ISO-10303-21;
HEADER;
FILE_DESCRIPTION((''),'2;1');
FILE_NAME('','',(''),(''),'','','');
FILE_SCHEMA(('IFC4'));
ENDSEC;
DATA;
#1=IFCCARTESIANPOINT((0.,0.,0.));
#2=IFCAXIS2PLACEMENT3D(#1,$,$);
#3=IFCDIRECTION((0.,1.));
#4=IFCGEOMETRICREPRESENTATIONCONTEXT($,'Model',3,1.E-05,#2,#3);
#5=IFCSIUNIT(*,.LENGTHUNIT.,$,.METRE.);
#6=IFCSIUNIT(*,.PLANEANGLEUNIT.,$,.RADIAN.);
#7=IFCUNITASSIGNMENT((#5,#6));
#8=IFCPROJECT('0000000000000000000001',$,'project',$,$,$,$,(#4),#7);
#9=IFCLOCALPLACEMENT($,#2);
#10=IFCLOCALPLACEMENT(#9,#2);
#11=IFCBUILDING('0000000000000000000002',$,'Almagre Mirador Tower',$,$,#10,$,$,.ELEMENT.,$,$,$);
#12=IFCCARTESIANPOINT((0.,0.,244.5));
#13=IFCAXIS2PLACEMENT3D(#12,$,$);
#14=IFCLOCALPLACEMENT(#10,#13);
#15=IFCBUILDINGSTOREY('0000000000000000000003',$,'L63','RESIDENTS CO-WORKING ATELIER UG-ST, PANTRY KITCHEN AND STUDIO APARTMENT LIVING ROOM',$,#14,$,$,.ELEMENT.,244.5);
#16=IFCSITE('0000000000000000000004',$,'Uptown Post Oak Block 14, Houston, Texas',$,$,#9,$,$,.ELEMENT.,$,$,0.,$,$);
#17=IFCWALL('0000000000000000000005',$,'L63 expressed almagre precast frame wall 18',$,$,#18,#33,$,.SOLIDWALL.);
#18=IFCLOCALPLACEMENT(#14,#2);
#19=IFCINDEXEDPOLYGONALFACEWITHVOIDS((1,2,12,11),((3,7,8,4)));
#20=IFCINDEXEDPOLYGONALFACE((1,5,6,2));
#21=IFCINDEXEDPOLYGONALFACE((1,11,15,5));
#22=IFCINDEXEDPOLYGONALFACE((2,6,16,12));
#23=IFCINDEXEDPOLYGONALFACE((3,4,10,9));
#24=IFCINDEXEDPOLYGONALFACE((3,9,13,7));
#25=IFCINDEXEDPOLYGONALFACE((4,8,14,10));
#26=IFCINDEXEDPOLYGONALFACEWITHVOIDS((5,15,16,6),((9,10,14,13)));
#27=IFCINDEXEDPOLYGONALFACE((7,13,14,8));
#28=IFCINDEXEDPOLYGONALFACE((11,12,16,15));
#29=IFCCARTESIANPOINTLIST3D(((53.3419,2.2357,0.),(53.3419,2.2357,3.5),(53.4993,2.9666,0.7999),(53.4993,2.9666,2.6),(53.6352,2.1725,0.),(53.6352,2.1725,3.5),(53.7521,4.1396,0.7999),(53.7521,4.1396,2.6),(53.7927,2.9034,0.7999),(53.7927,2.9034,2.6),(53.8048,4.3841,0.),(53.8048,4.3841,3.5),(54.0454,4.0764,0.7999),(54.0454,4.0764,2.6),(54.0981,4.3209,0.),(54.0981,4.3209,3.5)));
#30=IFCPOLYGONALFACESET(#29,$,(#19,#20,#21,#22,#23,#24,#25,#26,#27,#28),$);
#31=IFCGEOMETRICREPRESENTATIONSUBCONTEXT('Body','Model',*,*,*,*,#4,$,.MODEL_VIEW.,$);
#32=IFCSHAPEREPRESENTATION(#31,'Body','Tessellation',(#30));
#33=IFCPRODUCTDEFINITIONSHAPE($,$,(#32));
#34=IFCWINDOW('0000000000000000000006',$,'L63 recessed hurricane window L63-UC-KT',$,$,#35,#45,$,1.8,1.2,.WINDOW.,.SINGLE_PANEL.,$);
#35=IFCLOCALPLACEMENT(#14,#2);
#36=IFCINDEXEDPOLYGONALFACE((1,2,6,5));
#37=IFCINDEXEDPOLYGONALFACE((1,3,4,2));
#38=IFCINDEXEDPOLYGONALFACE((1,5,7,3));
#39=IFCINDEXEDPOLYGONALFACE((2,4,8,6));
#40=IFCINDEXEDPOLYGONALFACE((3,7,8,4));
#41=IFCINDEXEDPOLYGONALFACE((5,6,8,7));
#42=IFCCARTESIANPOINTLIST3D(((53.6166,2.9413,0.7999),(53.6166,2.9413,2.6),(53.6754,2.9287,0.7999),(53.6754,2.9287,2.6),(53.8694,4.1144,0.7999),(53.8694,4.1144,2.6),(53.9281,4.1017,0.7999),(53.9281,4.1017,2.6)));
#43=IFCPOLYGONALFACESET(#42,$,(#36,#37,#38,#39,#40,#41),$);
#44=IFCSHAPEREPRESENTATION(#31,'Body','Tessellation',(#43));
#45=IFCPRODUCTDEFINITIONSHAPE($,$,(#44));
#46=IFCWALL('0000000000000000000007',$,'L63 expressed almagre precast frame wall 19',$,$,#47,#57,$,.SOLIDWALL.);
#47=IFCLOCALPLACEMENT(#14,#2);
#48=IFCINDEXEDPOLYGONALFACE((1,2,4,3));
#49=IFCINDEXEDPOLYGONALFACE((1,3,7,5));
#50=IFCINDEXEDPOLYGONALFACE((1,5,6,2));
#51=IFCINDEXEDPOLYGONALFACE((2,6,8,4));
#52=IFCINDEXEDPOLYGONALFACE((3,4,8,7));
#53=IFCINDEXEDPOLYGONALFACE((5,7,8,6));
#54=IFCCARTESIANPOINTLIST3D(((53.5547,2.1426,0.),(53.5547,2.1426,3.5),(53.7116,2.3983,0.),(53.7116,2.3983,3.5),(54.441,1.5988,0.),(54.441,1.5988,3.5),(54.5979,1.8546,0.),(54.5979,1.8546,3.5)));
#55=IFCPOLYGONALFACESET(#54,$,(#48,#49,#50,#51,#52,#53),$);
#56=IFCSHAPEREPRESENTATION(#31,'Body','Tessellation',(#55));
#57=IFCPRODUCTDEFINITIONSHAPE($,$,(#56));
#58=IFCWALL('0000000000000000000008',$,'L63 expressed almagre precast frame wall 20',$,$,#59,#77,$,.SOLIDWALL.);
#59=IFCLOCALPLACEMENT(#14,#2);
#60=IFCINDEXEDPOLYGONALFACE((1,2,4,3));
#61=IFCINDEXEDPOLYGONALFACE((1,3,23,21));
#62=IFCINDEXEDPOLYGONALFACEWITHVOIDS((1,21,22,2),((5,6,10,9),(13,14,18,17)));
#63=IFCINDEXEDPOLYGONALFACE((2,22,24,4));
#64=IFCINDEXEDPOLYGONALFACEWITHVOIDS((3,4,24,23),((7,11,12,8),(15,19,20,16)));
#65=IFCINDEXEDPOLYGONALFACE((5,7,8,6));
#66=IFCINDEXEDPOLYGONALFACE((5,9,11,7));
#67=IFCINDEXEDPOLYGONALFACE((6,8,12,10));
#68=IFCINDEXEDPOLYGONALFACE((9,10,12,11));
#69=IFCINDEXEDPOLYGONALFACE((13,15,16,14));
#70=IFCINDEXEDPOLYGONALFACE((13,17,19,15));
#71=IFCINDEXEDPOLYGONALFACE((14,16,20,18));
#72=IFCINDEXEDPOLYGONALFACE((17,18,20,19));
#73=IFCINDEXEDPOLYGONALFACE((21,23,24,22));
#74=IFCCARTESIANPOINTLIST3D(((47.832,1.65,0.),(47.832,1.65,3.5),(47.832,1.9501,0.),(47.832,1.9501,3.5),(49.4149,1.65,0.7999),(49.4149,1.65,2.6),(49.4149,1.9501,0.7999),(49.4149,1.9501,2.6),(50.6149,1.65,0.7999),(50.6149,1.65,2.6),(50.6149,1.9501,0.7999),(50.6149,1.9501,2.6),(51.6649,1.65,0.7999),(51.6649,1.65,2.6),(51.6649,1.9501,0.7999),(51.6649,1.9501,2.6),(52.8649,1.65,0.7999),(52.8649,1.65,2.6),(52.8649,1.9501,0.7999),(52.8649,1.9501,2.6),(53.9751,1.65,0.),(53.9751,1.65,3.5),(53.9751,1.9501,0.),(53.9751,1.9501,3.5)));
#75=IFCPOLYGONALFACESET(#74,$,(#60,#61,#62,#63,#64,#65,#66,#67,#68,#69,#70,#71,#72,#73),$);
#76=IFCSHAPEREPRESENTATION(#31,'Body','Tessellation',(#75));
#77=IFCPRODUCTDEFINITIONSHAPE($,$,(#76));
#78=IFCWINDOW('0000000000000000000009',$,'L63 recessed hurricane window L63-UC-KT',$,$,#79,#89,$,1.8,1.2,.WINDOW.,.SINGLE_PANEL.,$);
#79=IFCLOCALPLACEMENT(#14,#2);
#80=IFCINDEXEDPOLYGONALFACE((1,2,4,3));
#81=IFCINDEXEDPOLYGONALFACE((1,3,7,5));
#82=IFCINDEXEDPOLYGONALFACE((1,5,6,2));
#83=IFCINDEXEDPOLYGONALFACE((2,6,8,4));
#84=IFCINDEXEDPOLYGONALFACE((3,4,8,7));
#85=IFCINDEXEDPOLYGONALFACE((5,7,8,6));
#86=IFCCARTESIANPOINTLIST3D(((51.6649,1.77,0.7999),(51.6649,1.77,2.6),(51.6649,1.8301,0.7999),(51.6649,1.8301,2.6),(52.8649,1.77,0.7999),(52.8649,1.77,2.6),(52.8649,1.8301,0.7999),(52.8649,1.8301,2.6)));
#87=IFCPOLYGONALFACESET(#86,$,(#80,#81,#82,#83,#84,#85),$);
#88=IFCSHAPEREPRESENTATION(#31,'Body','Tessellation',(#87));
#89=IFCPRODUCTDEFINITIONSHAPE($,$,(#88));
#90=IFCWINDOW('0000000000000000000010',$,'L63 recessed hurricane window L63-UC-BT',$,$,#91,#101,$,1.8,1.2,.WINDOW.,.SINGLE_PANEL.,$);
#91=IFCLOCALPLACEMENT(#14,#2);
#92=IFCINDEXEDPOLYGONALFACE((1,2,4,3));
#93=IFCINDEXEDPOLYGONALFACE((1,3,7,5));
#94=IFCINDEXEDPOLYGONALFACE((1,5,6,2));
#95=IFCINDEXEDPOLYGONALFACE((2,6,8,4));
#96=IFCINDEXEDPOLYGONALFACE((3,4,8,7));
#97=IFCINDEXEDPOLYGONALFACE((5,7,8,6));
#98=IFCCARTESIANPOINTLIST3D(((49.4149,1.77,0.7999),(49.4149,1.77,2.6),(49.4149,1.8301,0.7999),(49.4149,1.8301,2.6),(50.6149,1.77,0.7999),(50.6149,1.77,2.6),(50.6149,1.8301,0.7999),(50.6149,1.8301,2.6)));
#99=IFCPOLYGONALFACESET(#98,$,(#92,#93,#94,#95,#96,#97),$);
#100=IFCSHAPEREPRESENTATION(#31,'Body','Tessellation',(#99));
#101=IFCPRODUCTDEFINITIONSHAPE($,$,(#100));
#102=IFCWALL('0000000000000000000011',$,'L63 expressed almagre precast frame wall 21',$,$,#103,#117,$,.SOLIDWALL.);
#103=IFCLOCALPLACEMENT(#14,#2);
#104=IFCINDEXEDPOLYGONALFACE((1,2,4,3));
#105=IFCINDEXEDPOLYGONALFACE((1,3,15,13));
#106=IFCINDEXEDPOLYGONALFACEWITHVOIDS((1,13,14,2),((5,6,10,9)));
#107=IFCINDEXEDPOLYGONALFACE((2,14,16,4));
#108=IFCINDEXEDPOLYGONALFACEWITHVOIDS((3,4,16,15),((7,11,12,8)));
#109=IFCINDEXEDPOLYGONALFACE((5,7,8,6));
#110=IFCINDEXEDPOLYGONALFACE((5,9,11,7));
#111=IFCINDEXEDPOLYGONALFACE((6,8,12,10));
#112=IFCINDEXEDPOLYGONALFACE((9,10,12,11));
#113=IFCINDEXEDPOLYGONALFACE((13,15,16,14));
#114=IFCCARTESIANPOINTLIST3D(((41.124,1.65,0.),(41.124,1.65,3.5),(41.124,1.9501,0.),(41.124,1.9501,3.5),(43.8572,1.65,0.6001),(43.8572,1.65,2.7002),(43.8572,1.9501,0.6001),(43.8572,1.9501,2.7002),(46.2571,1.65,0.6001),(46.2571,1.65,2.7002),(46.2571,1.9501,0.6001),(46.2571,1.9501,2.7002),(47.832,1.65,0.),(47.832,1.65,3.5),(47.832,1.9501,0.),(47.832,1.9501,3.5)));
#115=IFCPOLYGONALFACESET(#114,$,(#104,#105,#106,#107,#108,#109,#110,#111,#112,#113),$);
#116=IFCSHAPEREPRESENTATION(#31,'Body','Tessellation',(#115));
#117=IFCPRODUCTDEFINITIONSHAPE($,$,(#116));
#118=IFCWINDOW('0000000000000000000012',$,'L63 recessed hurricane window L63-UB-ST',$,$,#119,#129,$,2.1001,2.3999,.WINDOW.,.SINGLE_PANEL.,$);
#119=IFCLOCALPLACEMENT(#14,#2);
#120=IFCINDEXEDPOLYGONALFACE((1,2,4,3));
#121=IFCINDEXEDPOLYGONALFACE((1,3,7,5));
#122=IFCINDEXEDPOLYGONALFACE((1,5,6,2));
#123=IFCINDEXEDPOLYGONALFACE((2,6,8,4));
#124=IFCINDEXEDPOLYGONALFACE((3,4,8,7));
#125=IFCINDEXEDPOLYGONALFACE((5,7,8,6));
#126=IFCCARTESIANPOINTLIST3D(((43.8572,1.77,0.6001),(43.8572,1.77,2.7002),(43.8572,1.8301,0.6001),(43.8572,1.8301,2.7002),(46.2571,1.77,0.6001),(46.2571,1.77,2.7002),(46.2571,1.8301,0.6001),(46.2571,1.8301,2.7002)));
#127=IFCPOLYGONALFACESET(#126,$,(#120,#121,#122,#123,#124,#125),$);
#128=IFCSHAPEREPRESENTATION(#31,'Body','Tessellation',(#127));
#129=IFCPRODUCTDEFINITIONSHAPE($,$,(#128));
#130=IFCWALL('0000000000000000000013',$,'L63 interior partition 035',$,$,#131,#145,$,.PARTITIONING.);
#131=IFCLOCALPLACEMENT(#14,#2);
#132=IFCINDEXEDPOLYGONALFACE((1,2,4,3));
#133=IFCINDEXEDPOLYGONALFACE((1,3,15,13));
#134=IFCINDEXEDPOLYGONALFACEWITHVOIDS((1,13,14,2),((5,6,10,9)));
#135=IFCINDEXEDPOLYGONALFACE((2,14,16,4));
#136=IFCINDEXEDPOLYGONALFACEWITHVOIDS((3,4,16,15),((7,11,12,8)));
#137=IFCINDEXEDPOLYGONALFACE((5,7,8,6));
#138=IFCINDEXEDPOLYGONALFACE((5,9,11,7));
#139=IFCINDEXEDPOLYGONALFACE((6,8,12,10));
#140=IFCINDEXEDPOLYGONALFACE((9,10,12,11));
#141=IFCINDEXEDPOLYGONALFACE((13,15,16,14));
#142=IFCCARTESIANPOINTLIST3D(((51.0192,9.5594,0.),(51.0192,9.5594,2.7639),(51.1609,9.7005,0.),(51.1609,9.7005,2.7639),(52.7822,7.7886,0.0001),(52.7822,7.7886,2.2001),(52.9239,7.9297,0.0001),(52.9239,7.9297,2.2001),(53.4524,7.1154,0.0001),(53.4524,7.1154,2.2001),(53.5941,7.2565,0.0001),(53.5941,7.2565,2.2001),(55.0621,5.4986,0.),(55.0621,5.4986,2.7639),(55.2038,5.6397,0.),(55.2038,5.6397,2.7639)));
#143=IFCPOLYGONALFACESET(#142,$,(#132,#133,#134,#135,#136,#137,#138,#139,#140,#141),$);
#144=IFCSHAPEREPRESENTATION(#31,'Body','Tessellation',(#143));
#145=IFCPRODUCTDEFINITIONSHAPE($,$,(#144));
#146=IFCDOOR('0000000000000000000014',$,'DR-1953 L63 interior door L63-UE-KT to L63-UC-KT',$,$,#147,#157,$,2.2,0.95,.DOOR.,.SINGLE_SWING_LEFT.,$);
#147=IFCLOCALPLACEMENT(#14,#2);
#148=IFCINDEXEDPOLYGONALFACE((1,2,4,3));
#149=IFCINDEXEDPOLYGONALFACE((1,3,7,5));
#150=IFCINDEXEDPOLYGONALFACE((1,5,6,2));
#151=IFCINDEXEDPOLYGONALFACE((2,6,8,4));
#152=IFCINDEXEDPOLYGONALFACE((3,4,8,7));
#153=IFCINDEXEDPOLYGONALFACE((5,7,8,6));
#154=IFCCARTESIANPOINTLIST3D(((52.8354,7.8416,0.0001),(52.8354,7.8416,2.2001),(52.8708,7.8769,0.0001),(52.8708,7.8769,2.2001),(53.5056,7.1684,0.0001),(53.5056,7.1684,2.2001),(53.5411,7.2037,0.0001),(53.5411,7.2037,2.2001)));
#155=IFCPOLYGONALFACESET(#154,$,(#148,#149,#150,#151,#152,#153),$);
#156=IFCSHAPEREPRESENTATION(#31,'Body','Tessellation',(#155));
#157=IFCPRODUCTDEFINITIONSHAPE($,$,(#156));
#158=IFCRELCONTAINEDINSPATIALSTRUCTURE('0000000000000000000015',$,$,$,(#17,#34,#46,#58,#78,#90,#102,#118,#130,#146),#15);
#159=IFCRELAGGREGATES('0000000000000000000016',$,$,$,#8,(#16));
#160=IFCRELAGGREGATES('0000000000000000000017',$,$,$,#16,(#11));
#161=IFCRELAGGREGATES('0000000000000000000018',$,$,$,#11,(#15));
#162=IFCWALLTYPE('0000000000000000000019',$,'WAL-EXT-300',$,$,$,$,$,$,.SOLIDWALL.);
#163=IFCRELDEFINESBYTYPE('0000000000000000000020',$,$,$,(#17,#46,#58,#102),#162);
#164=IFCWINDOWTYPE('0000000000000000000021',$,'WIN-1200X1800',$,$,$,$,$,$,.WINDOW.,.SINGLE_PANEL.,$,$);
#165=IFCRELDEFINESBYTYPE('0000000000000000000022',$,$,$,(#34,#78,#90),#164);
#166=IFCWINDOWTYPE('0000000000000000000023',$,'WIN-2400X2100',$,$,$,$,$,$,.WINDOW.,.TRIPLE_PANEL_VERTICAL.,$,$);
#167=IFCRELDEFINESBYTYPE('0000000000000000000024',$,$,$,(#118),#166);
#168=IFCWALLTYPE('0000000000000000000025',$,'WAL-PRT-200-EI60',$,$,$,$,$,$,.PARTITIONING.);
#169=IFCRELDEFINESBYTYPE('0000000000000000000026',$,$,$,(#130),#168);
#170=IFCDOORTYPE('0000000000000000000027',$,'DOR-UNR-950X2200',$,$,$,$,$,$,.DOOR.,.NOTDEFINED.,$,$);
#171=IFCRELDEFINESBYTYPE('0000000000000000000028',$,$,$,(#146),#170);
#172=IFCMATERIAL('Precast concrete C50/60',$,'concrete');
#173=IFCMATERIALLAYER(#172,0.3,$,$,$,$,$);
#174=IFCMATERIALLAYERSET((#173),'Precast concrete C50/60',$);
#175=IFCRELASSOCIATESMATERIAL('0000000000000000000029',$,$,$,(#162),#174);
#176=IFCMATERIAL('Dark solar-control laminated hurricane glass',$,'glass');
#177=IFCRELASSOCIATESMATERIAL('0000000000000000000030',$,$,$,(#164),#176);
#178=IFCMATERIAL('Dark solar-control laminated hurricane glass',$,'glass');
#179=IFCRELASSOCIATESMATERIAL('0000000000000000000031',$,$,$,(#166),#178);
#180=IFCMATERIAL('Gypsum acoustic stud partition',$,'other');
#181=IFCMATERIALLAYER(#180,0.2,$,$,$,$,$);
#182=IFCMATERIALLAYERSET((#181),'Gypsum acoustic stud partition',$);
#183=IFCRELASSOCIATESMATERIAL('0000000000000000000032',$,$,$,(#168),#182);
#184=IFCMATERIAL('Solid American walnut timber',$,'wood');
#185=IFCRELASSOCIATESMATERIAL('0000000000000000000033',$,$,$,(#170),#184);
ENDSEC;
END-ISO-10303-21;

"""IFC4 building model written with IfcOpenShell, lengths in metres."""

from ifc_helpers import new_model, si_unit, direction, frame, frame_2d, origin, place, context, subcontext, project, spatial, rectangle, extrude, material, layer, layer_set, type_object, element, fill, save


model = new_model("IFC4")

# Units and contexts
model_context = context("Model", 3, precision=1e-05, world=origin(), true_north=direction((0.0, 1.0)))
body_context = subcontext(model_context, "Body", "Model", "MODEL_VIEW")
ifc_project = project(units=[si_unit("LENGTHUNIT", "METRE"), si_unit("PLANEANGLEUNIT", "RADIAN")], contexts=[model_context])

# Site, building, storey
site_placement = place(None, origin())
site = spatial("IfcSite", under=ifc_project, at=site_placement, Name="Uptown Post Oak Block 14, Houston, Texas", CompositionType="ELEMENT", RefElevation=0.0)
building_placement = place(site_placement, origin())
building = spatial("IfcBuilding", under=site, at=building_placement, Name="Almagre Mirador Tower", CompositionType="ELEMENT")
storey_placement = place(building_placement, frame((0.0, 0.0, 244.5)))
storey = spatial("IfcBuildingStorey", under=building, at=storey_placement, Name="L63", Description="RESIDENTS CO-WORKING ATELIER UG-ST, PANTRY KITCHEN AND STUDIO APARTMENT LIVING ROOM", CompositionType="ELEMENT", Elevation=244.5)

# Shared definitions
ifc_material_1 = material(Name="Precast concrete C50/60", Category="concrete")
ifc_layer_1 = layer(ifc_material_1, 0.3)
ifc_layer_set_1 = layer_set([ifc_layer_1], Name="Precast concrete C50/60")
wall_type_1 = type_object("IfcWallType", Name="WAL-EXT-300", PredefinedType="SOLIDWALL", material=ifc_layer_set_1)

# Wall, opening, window
wall_1_placement = place(storey_placement, frame((53.9514, 4.3525, 0.0), z_axis=(0.0, 0.0, 1.0), x_axis=(-0.210621, -0.977568, 0.0)))
wall_1 = element("IfcWall", 1, at=wall_1_placement, inside=storey, type_object=wall_type_1, Name="L63 expressed almagre precast frame wall 18", PredefinedType="SOLIDWALL", context=body_context, shape_type="SweptSolid", body=[
    extrude(rectangle(XDim=2.1978, YDim=0.3, at=frame_2d((1.0989, 0.0))), origin(), (0.0, 0.0, 1.0), 3.5),
])
opening_1_placement = place(wall_1_placement, frame((0.25, 0.0, 0.8)))
opening_1 = element("IfcOpeningElement", 2, at=opening_1_placement, cuts=wall_1, PredefinedType="OPENING", context=body_context, shape_type="SweptSolid", body=[
    extrude(rectangle(XDim=1.2, YDim=1.8, at=frame_2d((0.6001, 0.8999))), frame((0.0, 0.1599, 0.0), z_axis=(0.0, -1.0, 0.0), x_axis=(1.0, 0.0, 0.0)), (0.0, 0.0, 1.0), 0.32),
])
ifc_material_2 = material(Name="Dark solar-control laminated hurricane glass", Category="glass")
window_type_1 = type_object("IfcWindowType", Name="WIN-1200X1800", PartitioningType="SINGLE_PANEL", PredefinedType="WINDOW", material=ifc_material_2)
window_1_placement = place(opening_1_placement, origin())
window_1 = element("IfcWindow", 3, at=window_1_placement, inside=storey, type_object=window_type_1, Name="L63 recessed hurricane window L63-UC-KT", OverallHeight=1.8, OverallWidth=1.2, PartitioningType="SINGLE_PANEL", PredefinedType="WINDOW", context=body_context, shape_type="SweptSolid", body=[
    extrude(rectangle(XDim=1.2, YDim=1.8, at=frame_2d((0.6001, 0.8999))), frame((0.0, 0.03, 0.0), z_axis=(0.0, -1.0, 0.0), x_axis=(1.0, 0.0, 0.0)), (0.0, 0.0, 1.0), 0.0601),
])
fill(opening_1, window_1)

# Wall
wall_2_placement = place(storey_placement, frame((53.6331, 2.2705, 0.0), z_axis=(0.0, 0.0, 1.0), x_axis=(0.852375, -0.522931, 0.0)))
element("IfcWall", 4, at=wall_2_placement, inside=storey, type_object=wall_type_1, Name="L63 expressed almagre precast frame wall 19", PredefinedType="SOLIDWALL", context=body_context, shape_type="SweptSolid", body=[
    extrude(rectangle(XDim=1.0398, YDim=0.3, at=frame_2d((0.52, 0.0))), origin(), (0.0, 0.0, 1.0), 3.5),
])

# Wall, openings, windows
wall_3_placement = place(storey_placement, frame((53.9751, 1.8, 0.0), z_axis=(0.0, 0.0, 1.0), x_axis=(-1.0, 0.0, 0.0)))
wall_3 = element("IfcWall", 5, at=wall_3_placement, inside=storey, type_object=wall_type_1, Name="L63 expressed almagre precast frame wall 20", PredefinedType="SOLIDWALL", context=body_context, shape_type="SweptSolid", body=[
    extrude(rectangle(XDim=6.1431, YDim=0.3, at=frame_2d((3.0715, 0.0))), origin(), (0.0, 0.0, 1.0), 3.5),
])
opening_2_placement = place(wall_3_placement, frame((1.1101, 0.0, 0.8)))
opening_2 = element("IfcOpeningElement", 6, at=opening_2_placement, cuts=wall_3, PredefinedType="OPENING", context=body_context, shape_type="SweptSolid", body=[
    extrude(rectangle(XDim=1.2, YDim=1.8, at=frame_2d((0.6001, 0.8999))), frame((0.0, 0.1599, 0.0), z_axis=(0.0, -1.0, 0.0), x_axis=(1.0, 0.0, 0.0)), (0.0, 0.0, 1.0), 0.32),
])
opening_3_placement = place(wall_3_placement, frame((3.3601, 0.0, 0.8)))
opening_3 = element("IfcOpeningElement", 7, at=opening_3_placement, cuts=wall_3, PredefinedType="OPENING", context=body_context, shape_type="SweptSolid", body=[
    extrude(rectangle(XDim=1.2, YDim=1.8, at=frame_2d((0.6001, 0.8999))), frame((0.0, 0.1599, 0.0), z_axis=(0.0, -1.0, 0.0), x_axis=(1.0, 0.0, 0.0)), (0.0, 0.0, 1.0), 0.32),
])
window_2_placement = place(opening_2_placement, origin())
window_2 = element("IfcWindow", 8, at=window_2_placement, inside=storey, type_object=window_type_1, Name="L63 recessed hurricane window L63-UC-KT", OverallHeight=1.8, OverallWidth=1.2, PartitioningType="SINGLE_PANEL", PredefinedType="WINDOW", context=body_context, shape_type="SweptSolid", body=[
    extrude(rectangle(XDim=1.2, YDim=1.8, at=frame_2d((0.6001, 0.8999))), frame((0.0, 0.03, 0.0), z_axis=(0.0, -1.0, 0.0), x_axis=(1.0, 0.0, 0.0)), (0.0, 0.0, 1.0), 0.0601),
])
fill(opening_2, window_2)
window_3_placement = place(opening_3_placement, origin())
window_3 = element("IfcWindow", 9, at=window_3_placement, inside=storey, type_object=window_type_1, Name="L63 recessed hurricane window L63-UC-BT", OverallHeight=1.8, OverallWidth=1.2, PartitioningType="SINGLE_PANEL", PredefinedType="WINDOW", context=body_context, shape_type="SweptSolid", body=[
    extrude(rectangle(XDim=1.2, YDim=1.8, at=frame_2d((0.6001, 0.8999))), frame((0.0, 0.03, 0.0), z_axis=(0.0, -1.0, 0.0), x_axis=(1.0, 0.0, 0.0)), (0.0, 0.0, 1.0), 0.0601),
])
fill(opening_3, window_3)

# Wall, opening, window
wall_4_placement = place(storey_placement, frame((47.832, 1.8, 0.0), z_axis=(0.0, 0.0, 1.0), x_axis=(-1.0, 0.0, 0.0)))
wall_4 = element("IfcWall", 10, at=wall_4_placement, inside=storey, type_object=wall_type_1, Name="L63 expressed almagre precast frame wall 21", PredefinedType="SOLIDWALL", context=body_context, shape_type="SweptSolid", body=[
    extrude(rectangle(XDim=6.708, YDim=0.3, at=frame_2d((3.354, 0.0))), origin(), (0.0, 0.0, 1.0), 3.5),
])
opening_4_placement = place(wall_4_placement, frame((1.575, 0.0, 0.6001)))
opening_4 = element("IfcOpeningElement", 11, at=opening_4_placement, cuts=wall_4, PredefinedType="OPENING", context=body_context, shape_type="SweptSolid", body=[
    extrude(rectangle(XDim=2.3999, YDim=2.1001, at=frame_2d((1.2, 1.05))), frame((0.0, 0.1599, 0.0), z_axis=(0.0, -1.0, 0.0), x_axis=(1.0, 0.0, 0.0)), (0.0, 0.0, 1.0), 0.32),
])
ifc_material_3 = material(Name="Dark solar-control laminated hurricane glass", Category="glass")
window_type_2 = type_object("IfcWindowType", Name="WIN-2400X2100", PartitioningType="TRIPLE_PANEL_VERTICAL", PredefinedType="WINDOW", material=ifc_material_3)
window_4_placement = place(opening_4_placement, origin())
window_4 = element("IfcWindow", 12, at=window_4_placement, inside=storey, type_object=window_type_2, Name="L63 recessed hurricane window L63-UB-ST", OverallHeight=2.1001, OverallWidth=2.3999, PartitioningType="SINGLE_PANEL", PredefinedType="WINDOW", context=body_context, shape_type="SweptSolid", body=[
    extrude(rectangle(XDim=2.3999, YDim=2.1001, at=frame_2d((1.2, 1.05))), frame((0.0, 0.03, 0.0), z_axis=(0.0, -1.0, 0.0), x_axis=(1.0, 0.0, 0.0)), (0.0, 0.0, 1.0), 0.0601),
])
fill(opening_4, window_4)

# Wall, opening, door
ifc_material_4 = material(Name="Gypsum acoustic stud partition", Category="other")
ifc_layer_2 = layer(ifc_material_4, 0.2)
ifc_layer_set_2 = layer_set([ifc_layer_2], Name="Gypsum acoustic stud partition")
wall_type_2 = type_object("IfcWallType", Name="WAL-PRT-200-EI60", PredefinedType="PARTITIONING", material=ifc_layer_set_2)
wall_5_placement = place(storey_placement, frame((55.1331, 5.5691, 0.0), z_axis=(0.0, 0.0, 1.0), x_axis=(-0.70555, 0.70866, 0.0)))
wall_5 = element("IfcWall", 13, at=wall_5_placement, inside=storey, type_object=wall_type_2, Name="L63 interior partition 035", PredefinedType="PARTITIONING", context=body_context, shape_type="SweptSolid", body=[
    extrude(rectangle(XDim=5.7302, YDim=0.2, at=frame_2d((2.8652, 0.0))), origin(), (0.0, 0.0, 1.0), 2.7639),
])
opening_5_placement = place(wall_5_placement, frame((2.2815, 0.0, 0.0)))
opening_5 = element("IfcOpeningElement", 14, at=opening_5_placement, cuts=wall_5, PredefinedType="OPENING", context=body_context, shape_type="SweptSolid", body=[
    extrude(rectangle(XDim=0.95, YDim=2.2, at=frame_2d((0.4751, 1.1001))), frame((0.0, 0.1101, 0.0), z_axis=(0.0, -1.0, 0.0), x_axis=(1.0, 0.0, 0.0)), (0.0, 0.0, 1.0), 0.22),
])
ifc_material_5 = material(Name="Solid American walnut timber", Category="wood")
door_type = type_object("IfcDoorType", Name="DOR-UNR-950X2200", OperationType="NOTDEFINED", PredefinedType="DOOR", material=ifc_material_5)
door_placement = place(opening_5_placement, origin())
door = element("IfcDoor", 15, at=door_placement, inside=storey, type_object=door_type, Name="DR-1953 L63 interior door L63-UE-KT to L63-UC-KT", OperationType="SINGLE_SWING_LEFT", OverallHeight=2.2, OverallWidth=0.95, PredefinedType="DOOR", context=body_context, shape_type="SweptSolid", body=[
    extrude(rectangle(XDim=0.95, YDim=2.2, at=frame_2d((0.4751, 1.1001))), frame((0.0, 0.0249, 0.0), z_axis=(0.0, -1.0, 0.0), x_axis=(1.0, 0.0, 0.0)), (0.0, 0.0, 1.0), 0.05),
])
fill(opening_5, door)

save(model, "model.ifc")
